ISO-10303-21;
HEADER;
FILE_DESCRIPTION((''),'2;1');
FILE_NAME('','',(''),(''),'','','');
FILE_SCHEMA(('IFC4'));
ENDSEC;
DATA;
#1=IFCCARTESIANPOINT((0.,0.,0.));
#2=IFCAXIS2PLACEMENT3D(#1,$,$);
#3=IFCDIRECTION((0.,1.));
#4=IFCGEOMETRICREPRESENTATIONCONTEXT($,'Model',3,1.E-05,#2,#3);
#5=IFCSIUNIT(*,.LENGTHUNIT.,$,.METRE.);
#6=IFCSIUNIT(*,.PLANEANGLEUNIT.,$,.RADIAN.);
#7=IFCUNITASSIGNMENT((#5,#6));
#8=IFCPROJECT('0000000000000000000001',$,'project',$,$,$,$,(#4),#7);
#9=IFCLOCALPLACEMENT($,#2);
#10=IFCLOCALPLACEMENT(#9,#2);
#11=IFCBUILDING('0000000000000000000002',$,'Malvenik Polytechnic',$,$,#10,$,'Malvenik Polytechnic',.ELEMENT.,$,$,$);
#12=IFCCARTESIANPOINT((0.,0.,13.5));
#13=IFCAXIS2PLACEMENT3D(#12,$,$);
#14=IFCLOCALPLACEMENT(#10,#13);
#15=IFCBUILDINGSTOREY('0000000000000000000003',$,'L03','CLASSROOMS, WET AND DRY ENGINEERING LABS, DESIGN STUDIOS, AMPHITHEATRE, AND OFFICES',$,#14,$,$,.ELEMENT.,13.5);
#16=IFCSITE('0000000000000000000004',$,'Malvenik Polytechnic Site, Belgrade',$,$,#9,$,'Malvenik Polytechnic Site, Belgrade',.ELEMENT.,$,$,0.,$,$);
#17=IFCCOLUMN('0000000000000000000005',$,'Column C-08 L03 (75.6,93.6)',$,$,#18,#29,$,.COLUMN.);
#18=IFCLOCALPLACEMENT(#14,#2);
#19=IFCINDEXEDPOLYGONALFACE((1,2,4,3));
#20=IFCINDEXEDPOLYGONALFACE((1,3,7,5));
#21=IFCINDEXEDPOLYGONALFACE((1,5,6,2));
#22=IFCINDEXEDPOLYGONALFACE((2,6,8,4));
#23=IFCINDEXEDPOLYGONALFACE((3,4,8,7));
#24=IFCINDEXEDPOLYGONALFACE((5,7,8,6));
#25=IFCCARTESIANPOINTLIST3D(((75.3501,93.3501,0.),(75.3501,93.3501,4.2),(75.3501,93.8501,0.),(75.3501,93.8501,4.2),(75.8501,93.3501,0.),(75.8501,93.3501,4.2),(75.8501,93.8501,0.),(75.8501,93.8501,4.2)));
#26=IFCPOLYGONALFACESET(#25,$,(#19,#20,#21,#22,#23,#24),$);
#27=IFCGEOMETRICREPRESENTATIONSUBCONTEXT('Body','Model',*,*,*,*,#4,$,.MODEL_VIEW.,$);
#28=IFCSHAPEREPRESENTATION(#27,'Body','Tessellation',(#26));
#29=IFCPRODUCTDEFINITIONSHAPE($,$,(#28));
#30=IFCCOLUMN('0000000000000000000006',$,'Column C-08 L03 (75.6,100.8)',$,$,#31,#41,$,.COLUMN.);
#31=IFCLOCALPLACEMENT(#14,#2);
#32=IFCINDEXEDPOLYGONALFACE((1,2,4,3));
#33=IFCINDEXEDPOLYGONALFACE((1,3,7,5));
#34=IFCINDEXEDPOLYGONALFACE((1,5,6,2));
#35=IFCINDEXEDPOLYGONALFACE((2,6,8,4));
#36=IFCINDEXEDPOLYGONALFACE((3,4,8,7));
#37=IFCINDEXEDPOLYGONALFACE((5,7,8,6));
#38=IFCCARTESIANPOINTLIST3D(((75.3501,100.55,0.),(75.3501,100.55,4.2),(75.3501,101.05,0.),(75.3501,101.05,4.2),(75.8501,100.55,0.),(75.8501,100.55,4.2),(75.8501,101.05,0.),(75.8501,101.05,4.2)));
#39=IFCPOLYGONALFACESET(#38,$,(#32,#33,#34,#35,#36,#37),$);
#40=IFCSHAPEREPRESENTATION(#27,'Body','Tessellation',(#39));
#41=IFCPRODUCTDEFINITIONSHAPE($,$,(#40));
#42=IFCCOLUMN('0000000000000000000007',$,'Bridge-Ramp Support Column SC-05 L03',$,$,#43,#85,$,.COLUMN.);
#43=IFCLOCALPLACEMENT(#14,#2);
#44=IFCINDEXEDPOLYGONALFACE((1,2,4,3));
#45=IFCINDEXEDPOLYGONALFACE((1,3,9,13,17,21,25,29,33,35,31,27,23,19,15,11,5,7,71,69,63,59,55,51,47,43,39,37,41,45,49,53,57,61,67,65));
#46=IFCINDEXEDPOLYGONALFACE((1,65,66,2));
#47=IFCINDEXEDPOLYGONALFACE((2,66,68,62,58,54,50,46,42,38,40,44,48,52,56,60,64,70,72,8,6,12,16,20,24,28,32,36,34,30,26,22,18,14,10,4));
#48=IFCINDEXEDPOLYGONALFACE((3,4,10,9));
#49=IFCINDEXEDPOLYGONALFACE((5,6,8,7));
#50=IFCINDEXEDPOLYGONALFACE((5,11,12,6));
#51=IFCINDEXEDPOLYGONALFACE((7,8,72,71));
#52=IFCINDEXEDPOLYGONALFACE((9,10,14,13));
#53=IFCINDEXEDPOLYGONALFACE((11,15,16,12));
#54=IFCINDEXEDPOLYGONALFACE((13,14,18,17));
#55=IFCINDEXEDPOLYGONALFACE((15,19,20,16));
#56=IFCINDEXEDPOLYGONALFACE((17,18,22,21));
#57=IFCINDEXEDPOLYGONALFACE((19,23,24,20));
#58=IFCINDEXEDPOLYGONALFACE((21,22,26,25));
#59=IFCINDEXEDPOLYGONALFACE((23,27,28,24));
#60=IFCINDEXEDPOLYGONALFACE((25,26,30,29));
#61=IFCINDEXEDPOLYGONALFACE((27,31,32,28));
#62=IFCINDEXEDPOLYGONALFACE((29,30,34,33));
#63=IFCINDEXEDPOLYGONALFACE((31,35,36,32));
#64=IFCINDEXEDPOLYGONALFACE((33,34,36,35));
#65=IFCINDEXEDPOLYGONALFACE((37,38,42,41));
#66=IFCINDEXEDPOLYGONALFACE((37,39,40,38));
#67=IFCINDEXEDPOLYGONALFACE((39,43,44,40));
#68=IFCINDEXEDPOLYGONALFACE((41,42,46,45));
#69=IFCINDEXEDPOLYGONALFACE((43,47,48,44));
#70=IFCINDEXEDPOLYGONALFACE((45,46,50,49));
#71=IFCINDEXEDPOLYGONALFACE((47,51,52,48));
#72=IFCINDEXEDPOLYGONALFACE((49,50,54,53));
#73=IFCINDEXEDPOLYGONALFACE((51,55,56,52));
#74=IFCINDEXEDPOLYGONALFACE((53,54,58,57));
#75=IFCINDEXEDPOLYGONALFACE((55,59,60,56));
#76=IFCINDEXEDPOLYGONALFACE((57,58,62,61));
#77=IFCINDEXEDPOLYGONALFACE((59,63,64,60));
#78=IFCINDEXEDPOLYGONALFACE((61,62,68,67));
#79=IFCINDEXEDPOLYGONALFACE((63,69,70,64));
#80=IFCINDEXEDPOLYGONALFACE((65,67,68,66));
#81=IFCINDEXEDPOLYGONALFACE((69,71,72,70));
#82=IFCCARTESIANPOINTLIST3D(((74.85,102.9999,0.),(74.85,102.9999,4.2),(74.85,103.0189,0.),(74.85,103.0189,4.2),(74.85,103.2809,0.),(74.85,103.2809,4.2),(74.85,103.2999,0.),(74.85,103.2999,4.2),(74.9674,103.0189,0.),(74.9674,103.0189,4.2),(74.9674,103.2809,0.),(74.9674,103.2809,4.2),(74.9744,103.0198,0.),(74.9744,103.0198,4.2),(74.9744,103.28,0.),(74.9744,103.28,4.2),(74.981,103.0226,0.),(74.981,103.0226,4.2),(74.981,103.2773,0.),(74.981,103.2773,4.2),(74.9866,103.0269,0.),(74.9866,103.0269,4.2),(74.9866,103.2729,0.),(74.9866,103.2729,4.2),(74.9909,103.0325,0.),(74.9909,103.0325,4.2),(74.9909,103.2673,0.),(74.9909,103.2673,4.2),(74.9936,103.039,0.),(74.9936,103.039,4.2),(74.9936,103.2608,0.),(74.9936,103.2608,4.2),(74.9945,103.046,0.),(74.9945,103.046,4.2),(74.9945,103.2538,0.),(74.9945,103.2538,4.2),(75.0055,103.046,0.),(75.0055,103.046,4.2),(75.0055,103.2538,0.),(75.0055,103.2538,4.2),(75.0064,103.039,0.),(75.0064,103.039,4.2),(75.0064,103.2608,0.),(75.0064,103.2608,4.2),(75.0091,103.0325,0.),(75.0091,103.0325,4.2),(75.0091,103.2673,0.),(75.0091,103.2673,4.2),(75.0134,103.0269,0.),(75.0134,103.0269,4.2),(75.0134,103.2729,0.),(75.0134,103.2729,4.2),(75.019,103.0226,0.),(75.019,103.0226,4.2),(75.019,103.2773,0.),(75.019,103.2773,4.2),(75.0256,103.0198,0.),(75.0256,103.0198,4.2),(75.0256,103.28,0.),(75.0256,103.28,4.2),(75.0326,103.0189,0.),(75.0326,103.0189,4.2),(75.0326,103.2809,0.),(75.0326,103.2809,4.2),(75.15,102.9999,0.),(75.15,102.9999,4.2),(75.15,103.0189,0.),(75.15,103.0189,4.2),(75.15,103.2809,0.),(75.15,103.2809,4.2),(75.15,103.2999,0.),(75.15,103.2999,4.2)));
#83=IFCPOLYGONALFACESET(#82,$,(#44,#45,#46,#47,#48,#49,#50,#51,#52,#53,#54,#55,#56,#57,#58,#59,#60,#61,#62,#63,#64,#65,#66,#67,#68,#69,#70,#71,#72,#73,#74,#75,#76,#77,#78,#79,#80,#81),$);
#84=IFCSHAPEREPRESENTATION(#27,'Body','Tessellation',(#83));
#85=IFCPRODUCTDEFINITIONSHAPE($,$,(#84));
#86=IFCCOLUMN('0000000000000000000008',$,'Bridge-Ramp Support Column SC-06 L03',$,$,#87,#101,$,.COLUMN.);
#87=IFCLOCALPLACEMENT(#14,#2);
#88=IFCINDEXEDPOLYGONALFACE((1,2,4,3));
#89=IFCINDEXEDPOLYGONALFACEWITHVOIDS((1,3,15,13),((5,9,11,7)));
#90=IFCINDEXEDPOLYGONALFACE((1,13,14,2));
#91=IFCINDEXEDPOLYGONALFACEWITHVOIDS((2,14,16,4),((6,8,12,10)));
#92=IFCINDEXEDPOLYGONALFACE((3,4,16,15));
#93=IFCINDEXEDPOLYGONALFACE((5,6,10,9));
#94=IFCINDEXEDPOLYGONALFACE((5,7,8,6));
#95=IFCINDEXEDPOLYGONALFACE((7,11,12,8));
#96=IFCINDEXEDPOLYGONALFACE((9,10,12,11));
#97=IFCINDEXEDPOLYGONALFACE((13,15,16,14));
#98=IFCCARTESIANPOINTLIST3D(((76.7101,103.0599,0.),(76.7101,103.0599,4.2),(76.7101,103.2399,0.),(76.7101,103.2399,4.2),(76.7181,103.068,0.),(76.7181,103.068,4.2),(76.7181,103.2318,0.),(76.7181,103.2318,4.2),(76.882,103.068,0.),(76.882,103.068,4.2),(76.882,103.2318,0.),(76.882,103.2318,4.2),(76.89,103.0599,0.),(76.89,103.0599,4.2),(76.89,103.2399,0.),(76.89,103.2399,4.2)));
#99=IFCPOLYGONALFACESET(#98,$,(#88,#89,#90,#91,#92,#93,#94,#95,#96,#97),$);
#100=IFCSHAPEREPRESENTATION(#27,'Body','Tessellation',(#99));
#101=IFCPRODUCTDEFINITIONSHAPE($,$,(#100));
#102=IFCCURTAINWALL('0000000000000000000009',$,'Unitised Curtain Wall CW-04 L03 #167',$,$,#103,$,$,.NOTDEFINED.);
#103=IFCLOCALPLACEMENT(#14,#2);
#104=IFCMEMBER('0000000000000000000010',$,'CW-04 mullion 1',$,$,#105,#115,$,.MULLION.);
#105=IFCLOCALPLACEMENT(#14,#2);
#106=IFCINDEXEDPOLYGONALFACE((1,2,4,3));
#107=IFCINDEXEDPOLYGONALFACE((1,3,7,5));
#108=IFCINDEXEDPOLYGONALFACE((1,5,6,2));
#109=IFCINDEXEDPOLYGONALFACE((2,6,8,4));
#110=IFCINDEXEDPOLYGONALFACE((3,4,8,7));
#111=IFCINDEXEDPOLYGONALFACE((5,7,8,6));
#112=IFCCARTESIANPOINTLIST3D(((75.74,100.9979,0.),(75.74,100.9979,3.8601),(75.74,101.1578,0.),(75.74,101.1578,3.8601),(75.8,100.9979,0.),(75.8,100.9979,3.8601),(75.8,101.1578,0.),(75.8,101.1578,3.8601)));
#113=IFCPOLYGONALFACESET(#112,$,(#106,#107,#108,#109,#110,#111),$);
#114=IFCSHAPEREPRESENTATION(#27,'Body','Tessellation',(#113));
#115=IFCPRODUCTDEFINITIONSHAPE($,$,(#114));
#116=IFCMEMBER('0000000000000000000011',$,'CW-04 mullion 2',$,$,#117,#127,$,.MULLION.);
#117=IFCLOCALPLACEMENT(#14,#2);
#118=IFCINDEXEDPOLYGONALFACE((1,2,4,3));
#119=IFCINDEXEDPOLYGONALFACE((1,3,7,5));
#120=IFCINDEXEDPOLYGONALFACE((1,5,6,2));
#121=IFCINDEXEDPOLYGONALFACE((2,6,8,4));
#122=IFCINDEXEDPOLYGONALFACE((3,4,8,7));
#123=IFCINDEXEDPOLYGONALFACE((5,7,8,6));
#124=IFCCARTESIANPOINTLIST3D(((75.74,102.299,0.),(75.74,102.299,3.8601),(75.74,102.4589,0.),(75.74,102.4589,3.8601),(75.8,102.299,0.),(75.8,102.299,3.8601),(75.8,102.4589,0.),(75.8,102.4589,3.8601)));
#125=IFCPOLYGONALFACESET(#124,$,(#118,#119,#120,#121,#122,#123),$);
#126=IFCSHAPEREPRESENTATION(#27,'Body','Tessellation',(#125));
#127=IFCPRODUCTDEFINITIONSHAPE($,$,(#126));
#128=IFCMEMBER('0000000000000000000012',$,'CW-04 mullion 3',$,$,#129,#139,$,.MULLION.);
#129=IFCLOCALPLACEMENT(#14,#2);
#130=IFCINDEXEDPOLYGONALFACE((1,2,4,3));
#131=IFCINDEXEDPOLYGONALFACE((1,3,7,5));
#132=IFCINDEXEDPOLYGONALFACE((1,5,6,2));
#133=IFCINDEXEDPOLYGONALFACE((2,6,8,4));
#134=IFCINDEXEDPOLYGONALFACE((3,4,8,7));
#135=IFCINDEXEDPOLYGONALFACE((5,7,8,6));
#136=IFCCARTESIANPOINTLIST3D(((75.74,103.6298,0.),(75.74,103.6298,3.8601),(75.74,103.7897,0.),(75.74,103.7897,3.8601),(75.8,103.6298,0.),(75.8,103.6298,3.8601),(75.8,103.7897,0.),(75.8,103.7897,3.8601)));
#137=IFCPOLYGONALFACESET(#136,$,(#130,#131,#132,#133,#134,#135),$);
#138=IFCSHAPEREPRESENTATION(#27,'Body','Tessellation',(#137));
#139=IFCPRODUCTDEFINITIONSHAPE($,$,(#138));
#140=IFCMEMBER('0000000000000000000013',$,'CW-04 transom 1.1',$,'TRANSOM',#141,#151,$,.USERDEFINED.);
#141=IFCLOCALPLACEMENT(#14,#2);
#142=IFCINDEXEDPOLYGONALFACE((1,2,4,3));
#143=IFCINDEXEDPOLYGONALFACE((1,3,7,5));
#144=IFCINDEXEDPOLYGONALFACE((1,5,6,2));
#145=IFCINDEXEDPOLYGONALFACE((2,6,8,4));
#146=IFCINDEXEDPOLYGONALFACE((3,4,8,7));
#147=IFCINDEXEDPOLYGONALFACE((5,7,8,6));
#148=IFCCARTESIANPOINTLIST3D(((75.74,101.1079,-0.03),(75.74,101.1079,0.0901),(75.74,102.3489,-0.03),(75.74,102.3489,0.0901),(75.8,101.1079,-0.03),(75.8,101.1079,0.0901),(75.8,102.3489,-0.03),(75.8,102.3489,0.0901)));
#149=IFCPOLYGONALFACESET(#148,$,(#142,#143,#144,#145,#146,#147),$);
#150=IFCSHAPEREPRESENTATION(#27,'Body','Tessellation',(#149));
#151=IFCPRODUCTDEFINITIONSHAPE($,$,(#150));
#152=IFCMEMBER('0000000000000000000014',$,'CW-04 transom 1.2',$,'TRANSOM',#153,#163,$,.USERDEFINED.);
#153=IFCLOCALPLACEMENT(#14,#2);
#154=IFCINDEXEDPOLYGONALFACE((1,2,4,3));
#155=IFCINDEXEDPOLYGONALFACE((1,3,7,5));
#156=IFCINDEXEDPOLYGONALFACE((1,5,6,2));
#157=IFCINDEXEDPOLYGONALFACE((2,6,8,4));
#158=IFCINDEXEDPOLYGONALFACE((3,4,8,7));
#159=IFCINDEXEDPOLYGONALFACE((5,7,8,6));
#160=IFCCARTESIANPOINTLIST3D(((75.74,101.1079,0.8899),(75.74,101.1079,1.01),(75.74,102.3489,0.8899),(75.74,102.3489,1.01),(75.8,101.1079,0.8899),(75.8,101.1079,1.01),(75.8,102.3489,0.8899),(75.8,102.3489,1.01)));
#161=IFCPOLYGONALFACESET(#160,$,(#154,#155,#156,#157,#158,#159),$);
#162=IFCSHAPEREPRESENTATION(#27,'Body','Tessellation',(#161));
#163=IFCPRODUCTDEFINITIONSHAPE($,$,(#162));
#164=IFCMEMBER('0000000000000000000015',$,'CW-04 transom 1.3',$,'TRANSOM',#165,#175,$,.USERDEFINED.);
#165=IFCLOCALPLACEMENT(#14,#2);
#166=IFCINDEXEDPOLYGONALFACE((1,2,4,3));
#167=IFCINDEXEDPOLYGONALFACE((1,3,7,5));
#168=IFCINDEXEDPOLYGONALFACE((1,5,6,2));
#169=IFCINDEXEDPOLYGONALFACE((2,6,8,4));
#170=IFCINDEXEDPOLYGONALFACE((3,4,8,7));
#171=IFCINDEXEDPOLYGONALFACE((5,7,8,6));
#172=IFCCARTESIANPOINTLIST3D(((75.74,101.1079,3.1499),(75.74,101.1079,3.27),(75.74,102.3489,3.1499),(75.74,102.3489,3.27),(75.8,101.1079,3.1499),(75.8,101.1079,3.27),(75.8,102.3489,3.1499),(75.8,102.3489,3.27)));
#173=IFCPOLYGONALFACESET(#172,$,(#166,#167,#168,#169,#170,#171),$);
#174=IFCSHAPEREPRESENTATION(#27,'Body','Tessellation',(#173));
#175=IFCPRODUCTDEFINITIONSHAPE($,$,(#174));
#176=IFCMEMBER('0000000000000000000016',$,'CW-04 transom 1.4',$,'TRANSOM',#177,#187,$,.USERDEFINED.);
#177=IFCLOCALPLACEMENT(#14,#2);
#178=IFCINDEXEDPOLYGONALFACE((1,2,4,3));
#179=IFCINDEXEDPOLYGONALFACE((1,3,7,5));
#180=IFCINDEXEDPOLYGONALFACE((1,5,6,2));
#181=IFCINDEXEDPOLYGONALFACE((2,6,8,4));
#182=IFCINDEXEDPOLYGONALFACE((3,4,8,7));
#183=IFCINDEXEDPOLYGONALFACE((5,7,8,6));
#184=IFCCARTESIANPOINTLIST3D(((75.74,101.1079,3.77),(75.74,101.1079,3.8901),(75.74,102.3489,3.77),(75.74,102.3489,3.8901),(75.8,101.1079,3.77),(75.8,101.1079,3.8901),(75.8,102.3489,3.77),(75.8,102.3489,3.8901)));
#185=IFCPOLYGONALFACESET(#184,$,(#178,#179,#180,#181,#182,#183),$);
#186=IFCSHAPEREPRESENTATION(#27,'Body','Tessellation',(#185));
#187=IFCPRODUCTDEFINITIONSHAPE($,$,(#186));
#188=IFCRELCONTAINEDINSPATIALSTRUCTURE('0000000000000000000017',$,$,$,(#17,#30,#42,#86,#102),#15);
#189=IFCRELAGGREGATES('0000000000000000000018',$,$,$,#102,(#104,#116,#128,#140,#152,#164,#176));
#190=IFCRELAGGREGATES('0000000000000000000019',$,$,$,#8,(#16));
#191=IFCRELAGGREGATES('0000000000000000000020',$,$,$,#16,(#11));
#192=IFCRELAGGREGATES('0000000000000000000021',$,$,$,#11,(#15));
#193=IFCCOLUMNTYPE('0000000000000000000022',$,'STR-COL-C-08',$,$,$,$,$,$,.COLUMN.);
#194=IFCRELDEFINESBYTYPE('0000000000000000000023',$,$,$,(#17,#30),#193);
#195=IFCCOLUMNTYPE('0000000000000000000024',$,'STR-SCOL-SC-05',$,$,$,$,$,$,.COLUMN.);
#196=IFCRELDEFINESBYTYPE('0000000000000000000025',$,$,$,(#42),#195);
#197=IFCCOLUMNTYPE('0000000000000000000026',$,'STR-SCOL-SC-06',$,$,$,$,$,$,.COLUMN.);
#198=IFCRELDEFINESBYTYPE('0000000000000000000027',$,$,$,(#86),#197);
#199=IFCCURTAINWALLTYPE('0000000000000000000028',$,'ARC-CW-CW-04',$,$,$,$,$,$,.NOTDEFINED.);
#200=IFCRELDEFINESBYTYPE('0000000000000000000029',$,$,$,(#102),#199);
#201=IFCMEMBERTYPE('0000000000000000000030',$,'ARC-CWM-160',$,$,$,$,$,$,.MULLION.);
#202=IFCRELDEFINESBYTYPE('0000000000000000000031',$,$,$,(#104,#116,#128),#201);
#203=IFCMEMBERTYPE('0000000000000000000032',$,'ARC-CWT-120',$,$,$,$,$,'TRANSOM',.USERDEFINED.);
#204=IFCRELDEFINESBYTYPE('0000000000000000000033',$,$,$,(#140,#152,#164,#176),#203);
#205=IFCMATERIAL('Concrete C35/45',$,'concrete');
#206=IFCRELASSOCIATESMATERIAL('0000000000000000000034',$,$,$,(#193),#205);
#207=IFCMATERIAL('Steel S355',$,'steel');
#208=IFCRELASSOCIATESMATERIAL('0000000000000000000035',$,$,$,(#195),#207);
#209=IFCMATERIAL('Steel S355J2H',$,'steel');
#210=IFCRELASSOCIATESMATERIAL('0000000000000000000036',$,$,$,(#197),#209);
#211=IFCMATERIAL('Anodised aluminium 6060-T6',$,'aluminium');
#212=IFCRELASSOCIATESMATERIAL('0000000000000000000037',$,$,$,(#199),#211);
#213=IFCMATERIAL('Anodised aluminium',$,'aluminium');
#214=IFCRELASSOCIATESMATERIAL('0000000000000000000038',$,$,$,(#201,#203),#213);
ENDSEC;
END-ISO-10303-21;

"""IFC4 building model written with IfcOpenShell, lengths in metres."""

from ifc_helpers import new_model, si_unit, direction, frame, origin, origin_2d, place, context, subcontext, project, spatial, rectangle, hollow_rectangle, i_section, extrude, material, material_profile, profile_set, type_object, element, aggregate, save


model = new_model("IFC4")

# Units and contexts
model_context = context("Model", 3, precision=1e-05, world=origin(), true_north=direction((0.0, 1.0)))
body_context = subcontext(model_context, "Body", "Model", "MODEL_VIEW")
ifc_project = project(units=[si_unit("LENGTHUNIT", "METRE"), si_unit("PLANEANGLEUNIT", "RADIAN")], contexts=[model_context])

# Site, building, storey
site_placement = place(None, origin())
site = spatial("IfcSite", under=ifc_project, at=site_placement, Name="Malvenik Polytechnic Site, Belgrade", LongName="Malvenik Polytechnic Site, Belgrade", CompositionType="ELEMENT", RefElevation=0.0)
building_placement = place(site_placement, origin())
building = spatial("IfcBuilding", under=site, at=building_placement, Name="Malvenik Polytechnic", LongName="Malvenik Polytechnic", CompositionType="ELEMENT")
storey_placement = place(building_placement, frame((0.0, 0.0, 13.5)))
storey = spatial("IfcBuildingStorey", under=building, at=storey_placement, Name="L03", Description="CLASSROOMS, WET AND DRY ENGINEERING LABS, DESIGN STUDIOS, AMPHITHEATRE, AND OFFICES", CompositionType="ELEMENT", Elevation=13.5)

# Columns
ifc_material_1 = material(Name="Concrete C35/45", Category="concrete")
ifc_material_profile_1 = material_profile(ifc_material_1, rectangle(XDim=0.5, YDim=0.5, at=origin_2d()), Name="RC COL 500x500")
ifc_profile_set_1 = profile_set([ifc_material_profile_1], Name="Concrete C35/45")
column_type_1 = type_object("IfcColumnType", Name="STR-COL-C-08", PredefinedType="COLUMN", material=ifc_profile_set_1)
for number, where, z_axis, x_axis, name in (
    (1, (75.6001, 93.6001, 0.0), (0.0, 0.0, 1.0), (1.0, 0.0, 0.0), "Column C-08 L03 (75.6,93.6)"),
    (2, (75.6001, 100.8, 0.0), (0.0, 0.0, 1.0), (1.0, 0.0, 0.0), "Column C-08 L03 (75.6,100.8)"),
):
    element("IfcColumn", number, at=place(storey_placement, frame(where, z_axis=z_axis, x_axis=x_axis)), inside=storey, type_object=column_type_1, Name=name, PredefinedType="COLUMN", context=body_context, shape_type="SweptSolid", body=[
        extrude(rectangle(XDim=0.5, YDim=0.5, at=origin_2d()), origin(), (0.0, 0.0, 1.0), 4.2),
    ])
ifc_material_2 = material(Name="Steel S355", Category="steel")
ifc_material_profile_2 = material_profile(ifc_material_2, i_section(OverallWidth=0.3, OverallDepth=0.3, WebThickness=0.011, FlangeThickness=0.019, FilletRadius=0.0271, at=origin_2d()), Name="HEB 300")
ifc_profile_set_2 = profile_set([ifc_material_profile_2], Name="Steel S355")
column_type_2 = type_object("IfcColumnType", Name="STR-SCOL-SC-05", PredefinedType="COLUMN", material=ifc_profile_set_2)
column_1_placement = place(storey_placement, frame((75.0, 103.1499, 0.0), z_axis=(0.0, 0.0, 1.0), x_axis=(1.0, 0.0, 0.0)))
element("IfcColumn", 3, at=column_1_placement, inside=storey, type_object=column_type_2, Name="Bridge-Ramp Support Column SC-05 L03", PredefinedType="COLUMN", context=body_context, shape_type="SweptSolid", body=[
    extrude(i_section(OverallWidth=0.3, OverallDepth=0.3, WebThickness=0.011, FlangeThickness=0.019, FilletRadius=0.0271, at=origin_2d()), origin(), (0.0, 0.0, 1.0), 4.2),
])
ifc_material_3 = material(Name="Steel S355J2H", Category="steel")
ifc_material_profile_3 = material_profile(ifc_material_3, hollow_rectangle(XDim=0.1799, YDim=0.1799, WallThickness=0.0081, at=origin_2d()), Name="SHS 180x180x8.0")
ifc_profile_set_3 = profile_set([ifc_material_profile_3], Name="Steel S355J2H")
column_type_3 = type_object("IfcColumnType", Name="STR-SCOL-SC-06", PredefinedType="COLUMN", material=ifc_profile_set_3)
column_2_placement = place(storey_placement, frame((76.8, 103.1499, 0.0), z_axis=(0.0, 0.0, 1.0), x_axis=(1.0, 0.0, 0.0)))
element("IfcColumn", 4, at=column_2_placement, inside=storey, type_object=column_type_3, Name="Bridge-Ramp Support Column SC-06 L03", PredefinedType="COLUMN", context=body_context, shape_type="SweptSolid", body=[
    extrude(hollow_rectangle(XDim=0.1799, YDim=0.1799, WallThickness=0.0081, at=origin_2d()), origin(), (0.0, 0.0, 1.0), 4.2),
])

# Curtain wall, members
ifc_material_4 = material(Name="Anodised aluminium 6060-T6", Category="aluminium")
curtain_wall_type = type_object("IfcCurtainWallType", Name="ARC-CW-CW-04", PredefinedType="NOTDEFINED", material=ifc_material_4)
curtain_wall_placement = place(storey_placement, origin())
curtain_wall = element("IfcCurtainWall", 5, at=curtain_wall_placement, inside=storey, type_object=curtain_wall_type, Name="Unitised Curtain Wall CW-04 L03 #167", PredefinedType="NOTDEFINED")
ifc_material_5 = material(Name="Anodised aluminium", Category="aluminium")
ifc_material_profile_4 = material_profile(ifc_material_5, rectangle(XDim=0.0601, YDim=0.1599, at=origin_2d()), Name="ALU MULLION 60x160")
ifc_profile_set_4 = profile_set([ifc_material_profile_4], Name="Anodised aluminium")
member_type_1 = type_object("IfcMemberType", Name="ARC-CWM-160", PredefinedType="MULLION", material=ifc_profile_set_4)
member_1_placement = place(storey_placement, frame((75.77, 101.0779, 0.0), z_axis=(0.0, 0.0, 1.0), x_axis=(-1.0, 0.0, 0.0)))
member_1 = element("IfcMember", 6, at=member_1_placement, type_object=member_type_1, Name="CW-04 mullion 1", PredefinedType="MULLION", context=body_context, shape_type="SweptSolid", body=[
    extrude(rectangle(XDim=0.0601, YDim=0.1599, at=origin_2d()), origin(), (0.0, 0.0, 1.0), 3.8601),
])
member_2_placement = place(storey_placement, frame((75.77, 102.3789, 0.0), z_axis=(0.0, 0.0, 1.0), x_axis=(-1.0, 0.0, 0.0)))
member_2 = element("IfcMember", 7, at=member_2_placement, type_object=member_type_1, Name="CW-04 mullion 2", PredefinedType="MULLION", context=body_context, shape_type="SweptSolid", body=[
    extrude(rectangle(XDim=0.0601, YDim=0.1599, at=origin_2d()), origin(), (0.0, 0.0, 1.0), 3.8601),
])
member_3_placement = place(storey_placement, frame((75.77, 103.7097, 0.0), z_axis=(0.0, 0.0, 1.0), x_axis=(-1.0, 0.0, 0.0)))
member_3 = element("IfcMember", 8, at=member_3_placement, type_object=member_type_1, Name="CW-04 mullion 3", PredefinedType="MULLION", context=body_context, shape_type="SweptSolid", body=[
    extrude(rectangle(XDim=0.0601, YDim=0.1599, at=origin_2d()), origin(), (0.0, 0.0, 1.0), 3.8601),
])
ifc_material_profile_5 = material_profile(ifc_material_5, rectangle(XDim=0.0601, YDim=0.1201, at=origin_2d()), Name="ALU TRANSOM 60x120")
ifc_profile_set_5 = profile_set([ifc_material_profile_5], Name="Anodised aluminium")
member_type_2 = type_object("IfcMemberType", Name="ARC-CWT-120", ElementType="TRANSOM", PredefinedType="USERDEFINED", material=ifc_profile_set_5)
member_4_placement = place(storey_placement, frame((75.77, 101.1079, 0.03), z_axis=(0.0, 1.0, 0.0), x_axis=(-1.0, 0.0, 0.0)))
member_4 = element("IfcMember", 9, at=member_4_placement, type_object=member_type_2, Name="CW-04 transom 1.1", ObjectType="TRANSOM", PredefinedType="USERDEFINED", context=body_context, shape_type="SweptSolid", body=[
    extrude(rectangle(XDim=0.0601, YDim=0.1201, at=origin_2d()), origin(), (0.0, 0.0, 1.0), 1.241),
])
member_5_placement = place(storey_placement, frame((75.77, 101.1079, 0.95), z_axis=(0.0, 1.0, 0.0), x_axis=(-1.0, 0.0, 0.0)))
member_5 = element("IfcMember", 10, at=member_5_placement, type_object=member_type_2, Name="CW-04 transom 1.2", ObjectType="TRANSOM", PredefinedType="USERDEFINED", context=body_context, shape_type="SweptSolid", body=[
    extrude(rectangle(XDim=0.0601, YDim=0.1201, at=origin_2d()), origin(), (0.0, 0.0, 1.0), 1.241),
])
member_6_placement = place(storey_placement, frame((75.77, 101.1079, 3.21), z_axis=(0.0, 1.0, 0.0), x_axis=(-1.0, 0.0, 0.0)))
member_6 = element("IfcMember", 11, at=member_6_placement, type_object=member_type_2, Name="CW-04 transom 1.3", ObjectType="TRANSOM", PredefinedType="USERDEFINED", context=body_context, shape_type="SweptSolid", body=[
    extrude(rectangle(XDim=0.0601, YDim=0.1201, at=origin_2d()), origin(), (0.0, 0.0, 1.0), 1.241),
])
member_7_placement = place(storey_placement, frame((75.77, 101.1079, 3.8301), z_axis=(0.0, 1.0, 0.0), x_axis=(-1.0, 0.0, 0.0)))
member_7 = element("IfcMember", 12, at=member_7_placement, type_object=member_type_2, Name="CW-04 transom 1.4", ObjectType="TRANSOM", PredefinedType="USERDEFINED", context=body_context, shape_type="SweptSolid", body=[
    extrude(rectangle(XDim=0.0601, YDim=0.1201, at=origin_2d()), origin(), (0.0, 0.0, 1.0), 1.241),
])

aggregate(curtain_wall, [member_1, member_2, member_3, member_4, member_5, member_6, member_7])

save(model, "model.ifc")
